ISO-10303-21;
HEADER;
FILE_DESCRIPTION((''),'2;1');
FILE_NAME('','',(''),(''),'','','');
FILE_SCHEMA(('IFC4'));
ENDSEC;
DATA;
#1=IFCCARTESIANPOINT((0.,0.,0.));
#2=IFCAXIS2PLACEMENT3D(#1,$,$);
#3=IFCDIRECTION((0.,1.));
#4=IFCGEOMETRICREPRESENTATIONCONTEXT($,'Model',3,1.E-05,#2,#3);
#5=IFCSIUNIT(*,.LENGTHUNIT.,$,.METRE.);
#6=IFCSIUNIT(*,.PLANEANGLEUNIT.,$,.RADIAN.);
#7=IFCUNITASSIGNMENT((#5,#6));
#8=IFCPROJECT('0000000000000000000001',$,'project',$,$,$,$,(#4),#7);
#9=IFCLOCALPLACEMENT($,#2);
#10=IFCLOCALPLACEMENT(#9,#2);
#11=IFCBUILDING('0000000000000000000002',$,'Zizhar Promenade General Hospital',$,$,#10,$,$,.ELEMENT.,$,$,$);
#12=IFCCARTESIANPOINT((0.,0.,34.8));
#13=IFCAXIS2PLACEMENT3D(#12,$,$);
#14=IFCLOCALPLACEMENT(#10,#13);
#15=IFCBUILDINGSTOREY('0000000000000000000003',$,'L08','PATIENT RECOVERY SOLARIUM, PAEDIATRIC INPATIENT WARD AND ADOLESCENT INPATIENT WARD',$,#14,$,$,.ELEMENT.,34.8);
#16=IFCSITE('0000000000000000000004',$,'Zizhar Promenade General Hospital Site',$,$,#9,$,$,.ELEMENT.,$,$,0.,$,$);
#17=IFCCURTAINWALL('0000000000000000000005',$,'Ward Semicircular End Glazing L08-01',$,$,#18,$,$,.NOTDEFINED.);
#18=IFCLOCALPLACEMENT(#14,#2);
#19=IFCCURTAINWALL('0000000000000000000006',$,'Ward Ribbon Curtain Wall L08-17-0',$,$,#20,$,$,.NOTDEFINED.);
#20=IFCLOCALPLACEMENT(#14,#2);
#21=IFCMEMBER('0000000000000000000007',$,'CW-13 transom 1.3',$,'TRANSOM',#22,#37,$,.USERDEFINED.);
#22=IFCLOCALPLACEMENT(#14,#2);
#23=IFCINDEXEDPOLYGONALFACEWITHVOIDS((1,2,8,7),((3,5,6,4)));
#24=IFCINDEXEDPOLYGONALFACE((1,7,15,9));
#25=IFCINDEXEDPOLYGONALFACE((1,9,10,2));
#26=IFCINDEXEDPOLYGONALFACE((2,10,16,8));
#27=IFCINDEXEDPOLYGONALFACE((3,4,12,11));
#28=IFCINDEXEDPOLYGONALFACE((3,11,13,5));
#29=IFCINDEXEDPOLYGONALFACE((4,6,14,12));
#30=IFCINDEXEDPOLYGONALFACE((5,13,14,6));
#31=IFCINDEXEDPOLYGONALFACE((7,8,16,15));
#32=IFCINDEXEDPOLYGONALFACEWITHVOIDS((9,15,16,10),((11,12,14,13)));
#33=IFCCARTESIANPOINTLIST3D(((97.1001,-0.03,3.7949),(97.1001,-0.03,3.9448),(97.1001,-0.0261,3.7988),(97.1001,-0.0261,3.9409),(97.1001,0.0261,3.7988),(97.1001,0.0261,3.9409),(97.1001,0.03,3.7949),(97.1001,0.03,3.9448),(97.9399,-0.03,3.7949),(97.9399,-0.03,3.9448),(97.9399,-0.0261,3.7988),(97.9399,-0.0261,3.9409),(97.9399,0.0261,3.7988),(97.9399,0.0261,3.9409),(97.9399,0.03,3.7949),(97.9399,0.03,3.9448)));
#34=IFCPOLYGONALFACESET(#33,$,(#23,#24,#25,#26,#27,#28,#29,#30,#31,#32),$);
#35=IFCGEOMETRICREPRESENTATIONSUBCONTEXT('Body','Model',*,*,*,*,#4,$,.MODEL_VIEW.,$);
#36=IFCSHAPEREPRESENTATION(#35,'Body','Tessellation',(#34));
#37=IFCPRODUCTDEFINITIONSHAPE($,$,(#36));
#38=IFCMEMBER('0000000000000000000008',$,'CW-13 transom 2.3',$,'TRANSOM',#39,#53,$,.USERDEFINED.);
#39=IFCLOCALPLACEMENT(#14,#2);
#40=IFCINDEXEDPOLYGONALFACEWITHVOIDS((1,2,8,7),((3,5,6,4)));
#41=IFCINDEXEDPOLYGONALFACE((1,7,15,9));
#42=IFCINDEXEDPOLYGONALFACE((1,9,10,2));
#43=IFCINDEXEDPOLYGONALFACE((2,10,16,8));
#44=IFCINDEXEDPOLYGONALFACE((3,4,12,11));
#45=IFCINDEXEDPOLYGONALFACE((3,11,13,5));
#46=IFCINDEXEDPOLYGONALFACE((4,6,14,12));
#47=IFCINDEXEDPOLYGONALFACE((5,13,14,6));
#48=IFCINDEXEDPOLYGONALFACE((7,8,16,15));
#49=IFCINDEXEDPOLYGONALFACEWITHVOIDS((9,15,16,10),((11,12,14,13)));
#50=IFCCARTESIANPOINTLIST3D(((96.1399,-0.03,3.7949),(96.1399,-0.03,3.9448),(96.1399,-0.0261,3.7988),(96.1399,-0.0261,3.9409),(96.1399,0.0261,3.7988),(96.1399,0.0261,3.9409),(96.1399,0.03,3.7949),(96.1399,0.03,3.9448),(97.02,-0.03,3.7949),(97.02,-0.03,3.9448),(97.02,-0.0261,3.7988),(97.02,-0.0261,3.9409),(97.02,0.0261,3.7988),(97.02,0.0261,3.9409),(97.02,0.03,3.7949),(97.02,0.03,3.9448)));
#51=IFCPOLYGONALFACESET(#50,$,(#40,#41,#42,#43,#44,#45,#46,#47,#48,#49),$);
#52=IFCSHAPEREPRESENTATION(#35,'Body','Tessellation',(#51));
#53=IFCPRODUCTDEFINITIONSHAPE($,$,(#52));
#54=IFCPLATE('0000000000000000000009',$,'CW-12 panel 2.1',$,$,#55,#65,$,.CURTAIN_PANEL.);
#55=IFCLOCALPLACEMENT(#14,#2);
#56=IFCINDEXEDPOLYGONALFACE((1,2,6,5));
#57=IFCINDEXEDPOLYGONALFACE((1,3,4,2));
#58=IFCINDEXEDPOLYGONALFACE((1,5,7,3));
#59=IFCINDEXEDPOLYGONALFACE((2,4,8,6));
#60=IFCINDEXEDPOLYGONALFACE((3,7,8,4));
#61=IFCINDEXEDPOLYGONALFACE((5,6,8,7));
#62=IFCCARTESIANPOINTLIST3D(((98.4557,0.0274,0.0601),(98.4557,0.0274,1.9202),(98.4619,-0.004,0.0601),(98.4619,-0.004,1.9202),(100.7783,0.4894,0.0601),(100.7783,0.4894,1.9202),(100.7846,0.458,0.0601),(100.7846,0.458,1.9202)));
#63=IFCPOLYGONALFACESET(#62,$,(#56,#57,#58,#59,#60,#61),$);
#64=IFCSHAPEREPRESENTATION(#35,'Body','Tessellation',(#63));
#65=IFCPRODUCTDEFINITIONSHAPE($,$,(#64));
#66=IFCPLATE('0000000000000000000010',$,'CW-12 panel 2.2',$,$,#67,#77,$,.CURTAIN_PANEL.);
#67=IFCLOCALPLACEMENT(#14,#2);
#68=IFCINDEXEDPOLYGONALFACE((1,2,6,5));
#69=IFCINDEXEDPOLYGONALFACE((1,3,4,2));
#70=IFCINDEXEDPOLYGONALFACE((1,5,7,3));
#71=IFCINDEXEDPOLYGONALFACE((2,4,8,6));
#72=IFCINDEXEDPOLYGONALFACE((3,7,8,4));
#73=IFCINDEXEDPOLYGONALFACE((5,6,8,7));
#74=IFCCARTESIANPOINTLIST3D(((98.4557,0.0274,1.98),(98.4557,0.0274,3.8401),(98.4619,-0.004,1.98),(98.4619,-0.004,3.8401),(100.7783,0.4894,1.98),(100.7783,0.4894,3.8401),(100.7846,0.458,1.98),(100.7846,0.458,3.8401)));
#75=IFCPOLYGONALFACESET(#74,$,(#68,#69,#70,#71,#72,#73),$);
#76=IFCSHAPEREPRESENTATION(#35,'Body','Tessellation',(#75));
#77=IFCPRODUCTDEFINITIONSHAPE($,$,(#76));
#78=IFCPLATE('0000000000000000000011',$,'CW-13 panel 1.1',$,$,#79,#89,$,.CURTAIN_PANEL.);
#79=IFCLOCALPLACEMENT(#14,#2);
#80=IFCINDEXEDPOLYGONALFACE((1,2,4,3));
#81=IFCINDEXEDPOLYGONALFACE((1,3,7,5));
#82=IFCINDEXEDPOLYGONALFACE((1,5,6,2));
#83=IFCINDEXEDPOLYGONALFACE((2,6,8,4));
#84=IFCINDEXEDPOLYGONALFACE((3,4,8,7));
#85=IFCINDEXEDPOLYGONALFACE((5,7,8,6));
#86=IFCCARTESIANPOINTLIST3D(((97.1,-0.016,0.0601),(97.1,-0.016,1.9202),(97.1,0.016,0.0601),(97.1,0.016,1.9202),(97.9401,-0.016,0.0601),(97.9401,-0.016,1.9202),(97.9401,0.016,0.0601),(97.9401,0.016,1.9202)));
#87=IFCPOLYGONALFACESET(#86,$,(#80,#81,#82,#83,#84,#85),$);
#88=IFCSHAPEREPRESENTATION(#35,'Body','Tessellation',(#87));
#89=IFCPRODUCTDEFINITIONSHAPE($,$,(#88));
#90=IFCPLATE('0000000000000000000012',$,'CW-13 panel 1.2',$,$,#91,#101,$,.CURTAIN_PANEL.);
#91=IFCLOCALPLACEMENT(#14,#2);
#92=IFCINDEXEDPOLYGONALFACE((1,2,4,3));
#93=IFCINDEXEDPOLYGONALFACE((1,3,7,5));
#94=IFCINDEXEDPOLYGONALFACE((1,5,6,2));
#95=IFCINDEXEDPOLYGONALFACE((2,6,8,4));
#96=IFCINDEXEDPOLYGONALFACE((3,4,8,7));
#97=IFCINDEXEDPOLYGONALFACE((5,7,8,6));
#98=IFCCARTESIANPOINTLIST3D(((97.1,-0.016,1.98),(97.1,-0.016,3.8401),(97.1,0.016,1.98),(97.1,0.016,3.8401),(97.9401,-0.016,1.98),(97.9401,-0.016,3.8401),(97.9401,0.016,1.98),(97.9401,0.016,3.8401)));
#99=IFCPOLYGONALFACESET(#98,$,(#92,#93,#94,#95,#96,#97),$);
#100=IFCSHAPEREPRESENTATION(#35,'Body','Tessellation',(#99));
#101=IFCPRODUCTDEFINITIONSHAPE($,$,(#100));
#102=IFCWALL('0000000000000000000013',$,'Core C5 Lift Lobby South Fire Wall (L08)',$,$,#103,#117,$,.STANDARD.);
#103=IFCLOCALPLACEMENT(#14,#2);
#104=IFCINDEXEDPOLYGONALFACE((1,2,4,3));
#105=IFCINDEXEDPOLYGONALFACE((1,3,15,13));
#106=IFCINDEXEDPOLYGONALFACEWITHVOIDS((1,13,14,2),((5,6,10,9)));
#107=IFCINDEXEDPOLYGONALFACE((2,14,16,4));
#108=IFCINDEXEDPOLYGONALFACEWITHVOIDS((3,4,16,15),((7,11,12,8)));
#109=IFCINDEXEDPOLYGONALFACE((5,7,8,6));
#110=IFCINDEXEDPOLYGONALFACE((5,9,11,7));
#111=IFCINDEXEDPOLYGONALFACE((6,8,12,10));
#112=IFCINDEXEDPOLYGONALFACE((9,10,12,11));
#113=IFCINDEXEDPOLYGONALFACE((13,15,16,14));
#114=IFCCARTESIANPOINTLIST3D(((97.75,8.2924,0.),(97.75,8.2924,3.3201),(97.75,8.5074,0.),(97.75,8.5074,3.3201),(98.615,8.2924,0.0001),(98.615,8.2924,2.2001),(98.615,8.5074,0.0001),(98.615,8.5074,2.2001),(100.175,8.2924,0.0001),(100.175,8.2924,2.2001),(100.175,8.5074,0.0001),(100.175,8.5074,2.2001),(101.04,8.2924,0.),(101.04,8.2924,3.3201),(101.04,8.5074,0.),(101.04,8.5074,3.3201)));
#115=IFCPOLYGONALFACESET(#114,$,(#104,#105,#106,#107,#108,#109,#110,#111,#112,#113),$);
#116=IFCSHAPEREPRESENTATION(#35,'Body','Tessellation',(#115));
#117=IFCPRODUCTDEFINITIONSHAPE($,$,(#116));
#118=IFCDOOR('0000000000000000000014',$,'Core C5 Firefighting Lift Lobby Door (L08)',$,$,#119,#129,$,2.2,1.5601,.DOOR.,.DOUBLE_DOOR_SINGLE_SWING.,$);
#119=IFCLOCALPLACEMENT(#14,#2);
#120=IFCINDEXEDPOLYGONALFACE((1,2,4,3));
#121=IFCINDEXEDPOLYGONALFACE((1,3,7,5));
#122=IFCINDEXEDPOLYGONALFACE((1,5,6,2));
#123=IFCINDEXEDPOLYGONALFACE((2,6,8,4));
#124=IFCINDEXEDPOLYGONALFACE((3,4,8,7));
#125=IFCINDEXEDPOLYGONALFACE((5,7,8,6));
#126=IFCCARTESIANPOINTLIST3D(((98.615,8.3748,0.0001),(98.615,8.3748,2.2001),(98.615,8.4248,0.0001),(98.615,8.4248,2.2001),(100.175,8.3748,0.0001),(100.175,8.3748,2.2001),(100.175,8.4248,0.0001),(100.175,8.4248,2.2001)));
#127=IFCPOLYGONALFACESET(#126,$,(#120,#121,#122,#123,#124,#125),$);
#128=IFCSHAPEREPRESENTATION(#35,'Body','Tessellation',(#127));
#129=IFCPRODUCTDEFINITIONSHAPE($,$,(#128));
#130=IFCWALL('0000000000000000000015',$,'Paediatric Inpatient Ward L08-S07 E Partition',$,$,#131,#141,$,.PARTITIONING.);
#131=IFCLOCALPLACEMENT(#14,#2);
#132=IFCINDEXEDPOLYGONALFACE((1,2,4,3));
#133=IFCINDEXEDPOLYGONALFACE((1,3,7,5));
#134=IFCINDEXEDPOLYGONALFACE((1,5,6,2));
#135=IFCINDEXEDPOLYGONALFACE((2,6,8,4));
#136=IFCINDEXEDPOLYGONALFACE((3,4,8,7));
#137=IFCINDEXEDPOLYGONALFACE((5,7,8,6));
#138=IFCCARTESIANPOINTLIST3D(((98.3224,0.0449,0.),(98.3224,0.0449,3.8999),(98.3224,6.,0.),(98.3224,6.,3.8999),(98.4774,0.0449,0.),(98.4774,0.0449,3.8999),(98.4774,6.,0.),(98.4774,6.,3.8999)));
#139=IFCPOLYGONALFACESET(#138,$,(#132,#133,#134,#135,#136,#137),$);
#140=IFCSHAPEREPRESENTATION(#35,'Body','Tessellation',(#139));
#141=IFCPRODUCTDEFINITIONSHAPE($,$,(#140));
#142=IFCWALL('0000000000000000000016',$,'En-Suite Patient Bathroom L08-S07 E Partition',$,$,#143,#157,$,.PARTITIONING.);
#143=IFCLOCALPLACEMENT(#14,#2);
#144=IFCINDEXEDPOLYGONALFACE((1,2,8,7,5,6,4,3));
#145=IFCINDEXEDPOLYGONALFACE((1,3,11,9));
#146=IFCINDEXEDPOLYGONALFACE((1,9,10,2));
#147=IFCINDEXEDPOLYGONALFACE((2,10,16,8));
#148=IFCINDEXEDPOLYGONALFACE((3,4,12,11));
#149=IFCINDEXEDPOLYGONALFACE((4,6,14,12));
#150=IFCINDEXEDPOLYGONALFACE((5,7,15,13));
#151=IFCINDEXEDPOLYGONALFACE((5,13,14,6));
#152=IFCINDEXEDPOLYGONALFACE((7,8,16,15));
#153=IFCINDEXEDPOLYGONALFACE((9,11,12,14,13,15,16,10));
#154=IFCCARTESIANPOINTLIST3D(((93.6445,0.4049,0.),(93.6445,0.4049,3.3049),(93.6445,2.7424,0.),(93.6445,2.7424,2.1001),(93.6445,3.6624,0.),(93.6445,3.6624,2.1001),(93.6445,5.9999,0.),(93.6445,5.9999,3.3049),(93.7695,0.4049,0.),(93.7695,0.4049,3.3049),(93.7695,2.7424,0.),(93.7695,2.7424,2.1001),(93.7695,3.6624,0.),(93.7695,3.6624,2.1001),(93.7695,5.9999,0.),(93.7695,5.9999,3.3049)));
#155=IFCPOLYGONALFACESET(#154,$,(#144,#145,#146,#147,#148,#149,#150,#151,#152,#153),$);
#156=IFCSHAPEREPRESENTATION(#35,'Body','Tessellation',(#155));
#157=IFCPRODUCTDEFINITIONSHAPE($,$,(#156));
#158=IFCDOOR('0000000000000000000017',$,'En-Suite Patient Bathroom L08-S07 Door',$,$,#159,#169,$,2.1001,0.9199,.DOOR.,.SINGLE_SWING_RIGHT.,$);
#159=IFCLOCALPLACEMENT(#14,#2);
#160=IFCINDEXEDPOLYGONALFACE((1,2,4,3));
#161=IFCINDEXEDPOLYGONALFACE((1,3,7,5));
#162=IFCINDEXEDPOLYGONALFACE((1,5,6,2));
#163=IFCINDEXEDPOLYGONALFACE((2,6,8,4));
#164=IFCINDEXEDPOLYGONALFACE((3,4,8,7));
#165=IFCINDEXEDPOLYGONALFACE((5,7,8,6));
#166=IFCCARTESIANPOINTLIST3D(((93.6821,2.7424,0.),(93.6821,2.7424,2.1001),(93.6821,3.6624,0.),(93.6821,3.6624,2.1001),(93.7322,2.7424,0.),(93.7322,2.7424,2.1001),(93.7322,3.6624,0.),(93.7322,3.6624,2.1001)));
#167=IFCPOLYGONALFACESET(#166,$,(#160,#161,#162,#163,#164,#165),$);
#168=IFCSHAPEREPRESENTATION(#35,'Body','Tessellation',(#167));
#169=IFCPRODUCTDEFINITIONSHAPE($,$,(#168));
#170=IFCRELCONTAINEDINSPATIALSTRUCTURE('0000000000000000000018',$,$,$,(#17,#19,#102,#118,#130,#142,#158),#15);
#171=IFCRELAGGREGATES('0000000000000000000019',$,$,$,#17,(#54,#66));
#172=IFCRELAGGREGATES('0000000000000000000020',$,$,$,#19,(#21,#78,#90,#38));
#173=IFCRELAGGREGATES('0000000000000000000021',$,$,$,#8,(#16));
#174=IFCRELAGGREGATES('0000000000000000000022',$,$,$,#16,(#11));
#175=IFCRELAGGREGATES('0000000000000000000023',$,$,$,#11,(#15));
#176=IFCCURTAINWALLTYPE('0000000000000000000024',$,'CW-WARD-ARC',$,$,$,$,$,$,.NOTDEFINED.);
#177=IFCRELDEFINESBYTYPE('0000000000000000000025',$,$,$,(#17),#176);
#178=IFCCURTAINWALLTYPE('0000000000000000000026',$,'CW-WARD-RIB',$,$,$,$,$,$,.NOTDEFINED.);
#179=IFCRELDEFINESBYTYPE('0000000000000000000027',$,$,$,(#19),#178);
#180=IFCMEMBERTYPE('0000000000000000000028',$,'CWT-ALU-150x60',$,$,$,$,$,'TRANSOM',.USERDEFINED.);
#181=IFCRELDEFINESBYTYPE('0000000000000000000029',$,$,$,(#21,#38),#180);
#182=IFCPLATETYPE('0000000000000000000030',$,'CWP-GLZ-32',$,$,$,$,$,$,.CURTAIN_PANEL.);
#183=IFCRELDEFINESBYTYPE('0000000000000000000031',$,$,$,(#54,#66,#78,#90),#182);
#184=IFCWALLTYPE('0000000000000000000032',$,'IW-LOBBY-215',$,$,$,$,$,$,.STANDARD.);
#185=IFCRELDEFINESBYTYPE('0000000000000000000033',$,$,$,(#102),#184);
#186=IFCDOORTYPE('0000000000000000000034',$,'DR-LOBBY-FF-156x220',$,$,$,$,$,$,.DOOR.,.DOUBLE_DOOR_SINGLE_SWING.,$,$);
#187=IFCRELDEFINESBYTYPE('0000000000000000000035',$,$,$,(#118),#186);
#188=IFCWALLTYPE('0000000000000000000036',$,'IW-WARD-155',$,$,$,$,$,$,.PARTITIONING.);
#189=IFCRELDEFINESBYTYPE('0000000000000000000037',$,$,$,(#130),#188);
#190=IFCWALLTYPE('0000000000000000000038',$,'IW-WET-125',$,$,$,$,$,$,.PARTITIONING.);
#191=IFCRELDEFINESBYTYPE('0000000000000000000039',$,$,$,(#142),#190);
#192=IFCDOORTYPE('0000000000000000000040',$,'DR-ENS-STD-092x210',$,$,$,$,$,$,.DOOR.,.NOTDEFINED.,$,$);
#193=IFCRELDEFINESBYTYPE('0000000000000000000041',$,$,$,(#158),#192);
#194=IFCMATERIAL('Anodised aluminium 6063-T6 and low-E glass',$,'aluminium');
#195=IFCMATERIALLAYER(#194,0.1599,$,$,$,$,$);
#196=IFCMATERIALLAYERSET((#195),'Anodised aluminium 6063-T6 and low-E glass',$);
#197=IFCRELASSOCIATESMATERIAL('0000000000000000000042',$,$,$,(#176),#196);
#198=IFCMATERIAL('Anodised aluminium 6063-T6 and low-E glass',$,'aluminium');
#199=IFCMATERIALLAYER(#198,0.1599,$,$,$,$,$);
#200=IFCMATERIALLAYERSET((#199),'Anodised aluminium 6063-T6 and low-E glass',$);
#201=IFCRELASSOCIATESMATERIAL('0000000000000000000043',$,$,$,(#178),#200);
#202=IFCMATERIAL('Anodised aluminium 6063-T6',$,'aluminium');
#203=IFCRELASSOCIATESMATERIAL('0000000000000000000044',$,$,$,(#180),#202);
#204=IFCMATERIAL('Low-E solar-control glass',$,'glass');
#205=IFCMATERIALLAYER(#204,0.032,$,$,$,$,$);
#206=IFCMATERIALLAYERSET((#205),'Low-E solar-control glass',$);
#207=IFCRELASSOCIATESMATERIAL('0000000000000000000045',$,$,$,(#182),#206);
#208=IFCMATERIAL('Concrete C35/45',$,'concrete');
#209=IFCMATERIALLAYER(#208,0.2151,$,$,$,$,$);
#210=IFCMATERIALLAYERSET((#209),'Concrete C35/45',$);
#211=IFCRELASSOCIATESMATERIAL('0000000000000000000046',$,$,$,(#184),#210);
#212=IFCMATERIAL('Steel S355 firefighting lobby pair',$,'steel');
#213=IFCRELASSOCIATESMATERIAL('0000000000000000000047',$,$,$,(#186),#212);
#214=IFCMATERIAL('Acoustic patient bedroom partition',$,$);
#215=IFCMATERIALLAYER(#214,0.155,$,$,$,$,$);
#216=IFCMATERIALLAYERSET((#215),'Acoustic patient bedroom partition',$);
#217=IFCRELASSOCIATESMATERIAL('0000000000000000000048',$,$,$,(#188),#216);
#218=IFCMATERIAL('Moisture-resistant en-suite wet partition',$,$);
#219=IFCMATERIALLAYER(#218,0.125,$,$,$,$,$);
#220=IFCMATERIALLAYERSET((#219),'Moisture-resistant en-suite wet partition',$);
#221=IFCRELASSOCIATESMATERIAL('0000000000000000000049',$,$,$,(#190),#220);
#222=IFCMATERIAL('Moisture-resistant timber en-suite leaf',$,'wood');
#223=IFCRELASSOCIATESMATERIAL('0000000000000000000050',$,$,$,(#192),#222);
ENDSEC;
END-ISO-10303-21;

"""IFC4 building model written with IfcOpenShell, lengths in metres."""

from ifc_helpers import new_model, si_unit, direction, frame, frame_2d, origin, origin_2d, place, context, subcontext, project, spatial, rectangle, hollow_rectangle, extrude, material, layer, layer_set, material_profile, profile_set, type_object, element, fill, aggregate, save


model = new_model("IFC4")

# Units and contexts
model_context = context("Model", 3, precision=1e-05, world=origin(), true_north=direction((0.0, 1.0)))
body_context = subcontext(model_context, "Body", "Model", "MODEL_VIEW")
ifc_project = project(units=[si_unit("LENGTHUNIT", "METRE"), si_unit("PLANEANGLEUNIT", "RADIAN")], contexts=[model_context])

# Site, building, storey
site_placement = place(None, origin())
site = spatial("IfcSite", under=ifc_project, at=site_placement, Name="Zizhar Promenade General Hospital Site", CompositionType="ELEMENT", RefElevation=0.0)
building_placement = place(site_placement, origin())
building = spatial("IfcBuilding", under=site, at=building_placement, Name="Zizhar Promenade General Hospital", CompositionType="ELEMENT")
storey_placement = place(building_placement, frame((0.0, 0.0, 34.8)))
storey = spatial("IfcBuildingStorey", under=building, at=storey_placement, Name="L08", Description="PATIENT RECOVERY SOLARIUM, PAEDIATRIC INPATIENT WARD AND ADOLESCENT INPATIENT WARD", CompositionType="ELEMENT", Elevation=34.8)

# Curtain wall
ifc_material_1 = material(Name="Anodised aluminium 6063-T6 and low-E glass", Category="aluminium")
ifc_layer_1 = layer(ifc_material_1, 0.1599)
ifc_layer_set_1 = layer_set([ifc_layer_1], Name="Anodised aluminium 6063-T6 and low-E glass")
curtain_wall_type_1 = type_object("IfcCurtainWallType", Name="CW-WARD-ARC", PredefinedType="NOTDEFINED", material=ifc_layer_set_1)
curtain_wall_1_placement = place(storey_placement, origin())
curtain_wall_1 = element("IfcCurtainWall", 1, at=curtain_wall_1_placement, inside=storey, type_object=curtain_wall_type_1, Name="Ward Semicircular End Glazing L08-01", PredefinedType="NOTDEFINED")

# Curtain wall
ifc_material_2 = material(Name="Anodised aluminium 6063-T6 and low-E glass", Category="aluminium")
ifc_layer_2 = layer(ifc_material_2, 0.1599)
ifc_layer_set_2 = layer_set([ifc_layer_2], Name="Anodised aluminium 6063-T6 and low-E glass")
curtain_wall_type_2 = type_object("IfcCurtainWallType", Name="CW-WARD-RIB", PredefinedType="NOTDEFINED", material=ifc_layer_set_2)
curtain_wall_2_placement = place(storey_placement, origin())
curtain_wall_2 = element("IfcCurtainWall", 2, at=curtain_wall_2_placement, inside=storey, type_object=curtain_wall_type_2, Name="Ward Ribbon Curtain Wall L08-17-0", PredefinedType="NOTDEFINED")

# Members
ifc_material_3 = material(Name="Anodised aluminium 6063-T6", Category="aluminium")
ifc_material_profile_1 = material_profile(ifc_material_3, hollow_rectangle(XDim=0.0601, YDim=0.1499, WallThickness=0.0039, at=origin_2d()))
ifc_profile_set_1 = profile_set([ifc_material_profile_1], Name="Anodised aluminium 6063-T6")
member_type_1 = type_object("IfcMemberType", Name="CWT-ALU-150x60", ElementType="TRANSOM", PredefinedType="USERDEFINED", material=ifc_profile_set_1)
member_1_placement = place(storey_placement, frame((97.9399, 0.0, 3.8699), z_axis=(-1.0, 0.0, 0.0), x_axis=(0.0, -1.0, 0.0)))
member_1 = element("IfcMember", 3, at=member_1_placement, type_object=member_type_1, Name="CW-13 transom 1.3", ObjectType="TRANSOM", PredefinedType="USERDEFINED", context=body_context, shape_type="SweptSolid", body=[
    extrude(hollow_rectangle(XDim=0.0601, YDim=0.1499, WallThickness=0.0039, at=origin_2d()), origin(), (0.0, 0.0, 1.0), 0.8398),
])
member_2_placement = place(storey_placement, frame((97.02, 0.0, 3.8699), z_axis=(-1.0, 0.0, 0.0), x_axis=(0.0, -1.0, 0.0)))
member_2 = element("IfcMember", 4, at=member_2_placement, type_object=member_type_1, Name="CW-13 transom 2.3", ObjectType="TRANSOM", PredefinedType="USERDEFINED", context=body_context, shape_type="SweptSolid", body=[
    extrude(hollow_rectangle(XDim=0.0601, YDim=0.1499, WallThickness=0.0039, at=origin_2d()), origin(), (0.0, 0.0, 1.0), 0.8801),
])

# Plates
ifc_material_4 = material(Name="Low-E solar-control glass", Category="glass")
ifc_layer_3 = layer(ifc_material_4, 0.032)
ifc_layer_set_3 = layer_set([ifc_layer_3], Name="Low-E solar-control glass")
plate_type = type_object("IfcPlateType", Name="CWP-GLZ-32", PredefinedType="CURTAIN_PANEL", material=ifc_layer_set_3)
plate_1_placement = place(storey_placement, frame((99.6201, 0.2427, 0.0601), z_axis=(0.0, 0.0, 1.0), x_axis=(-0.980786, -0.195087, 0.0)))
plate_1 = element("IfcPlate", 5, at=plate_1_placement, type_object=plate_type, Name="CW-12 panel 2.1", PredefinedType="CURTAIN_PANEL", context=body_context, shape_type="SweptSolid", body=[
    extrude(rectangle(XDim=2.3682, YDim=0.032, at=origin_2d()), origin(), (0.0, 0.0, 1.0), 1.8601),
])
plate_2_placement = place(storey_placement, frame((99.6201, 0.2427, 1.98), z_axis=(0.0, 0.0, 1.0), x_axis=(-0.980786, -0.195087, 0.0)))
plate_2 = element("IfcPlate", 6, at=plate_2_placement, type_object=plate_type, Name="CW-12 panel 2.2", PredefinedType="CURTAIN_PANEL", context=body_context, shape_type="SweptSolid", body=[
    extrude(rectangle(XDim=2.3682, YDim=0.032, at=origin_2d()), origin(), (0.0, 0.0, 1.0), 1.8601),
])
aggregate(curtain_wall_1, [plate_1, plate_2])
plate_3_placement = place(storey_placement, frame((97.52, 0.0, 0.0601), z_axis=(0.0, 0.0, 1.0), x_axis=(-1.0, 0.0, 0.0)))
plate_3 = element("IfcPlate", 7, at=plate_3_placement, type_object=plate_type, Name="CW-13 panel 1.1", PredefinedType="CURTAIN_PANEL", context=body_context, shape_type="SweptSolid", body=[
    extrude(rectangle(XDim=0.8401, YDim=0.032, at=origin_2d()), origin(), (0.0, 0.0, 1.0), 1.8601),
])
plate_4_placement = place(storey_placement, frame((97.52, 0.0, 1.98), z_axis=(0.0, 0.0, 1.0), x_axis=(-1.0, 0.0, 0.0)))
plate_4 = element("IfcPlate", 8, at=plate_4_placement, type_object=plate_type, Name="CW-13 panel 1.2", PredefinedType="CURTAIN_PANEL", context=body_context, shape_type="SweptSolid", body=[
    extrude(rectangle(XDim=0.8401, YDim=0.032, at=origin_2d()), origin(), (0.0, 0.0, 1.0), 1.8601),
])
aggregate(curtain_wall_2, [member_1, plate_3, plate_4, member_2])

# Wall, opening, door
ifc_material_5 = material(Name="Concrete C35/45", Category="concrete")
ifc_layer_4 = layer(ifc_material_5, 0.2151)
ifc_layer_set_4 = layer_set([ifc_layer_4], Name="Concrete C35/45")
wall_type_1 = type_object("IfcWallType", Name="IW-LOBBY-215", PredefinedType="STANDARD", material=ifc_layer_set_4)
wall_1_placement = place(storey_placement, frame((97.75, 8.3999, 0.0), z_axis=(0.0, 0.0, 1.0), x_axis=(1.0, 0.0, 0.0)))
wall_1 = element("IfcWall", 9, at=wall_1_placement, inside=storey, type_object=wall_type_1, Name="Core C5 Lift Lobby South Fire Wall (L08)", PredefinedType="STANDARD", context=body_context, shape_type="SweptSolid", body=[
    extrude(rectangle(XDim=3.29, YDim=0.2151, at=frame_2d((1.645, 0.0))), origin(), (0.0, 0.0, 1.0), 3.3201),
])
opening_1_placement = place(wall_1_placement, frame((0.865, 0.0, 0.0)))
opening_1 = element("IfcOpeningElement", 10, at=opening_1_placement, cuts=wall_1, PredefinedType="OPENING", context=body_context, shape_type="SweptSolid", body=[
    extrude(rectangle(XDim=1.5601, YDim=2.2, at=frame_2d((0.78, 1.1001))), frame((0.0, 0.1177, 0.0), z_axis=(0.0, -1.0, 0.0), x_axis=(1.0, 0.0, 0.0)), (0.0, 0.0, 1.0), 0.2351),
])
ifc_material_6 = material(Name="Steel S355 firefighting lobby pair", Category="steel")
door_type_1 = type_object("IfcDoorType", Name="DR-LOBBY-FF-156x220", OperationType="DOUBLE_DOOR_SINGLE_SWING", PredefinedType="DOOR", material=ifc_material_6)
door_1_placement = place(opening_1_placement, origin())
door_1 = element("IfcDoor", 11, at=door_1_placement, inside=storey, type_object=door_type_1, Name="Core C5 Firefighting Lift Lobby Door (L08)", OperationType="DOUBLE_DOOR_SINGLE_SWING", OverallHeight=2.2, OverallWidth=1.5601, PredefinedType="DOOR", context=body_context, shape_type="SweptSolid", body=[
    extrude(rectangle(XDim=1.5601, YDim=2.2, at=frame_2d((0.78, 1.1001))), frame((0.0, 0.0249, 0.0), z_axis=(0.0, -1.0, 0.0), x_axis=(1.0, 0.0, 0.0)), (0.0, 0.0, 1.0), 0.05),
])
fill(opening_1, door_1)
ifc_material_7 = material(Name="Acoustic patient bedroom partition")
ifc_layer_5 = layer(ifc_material_7, 0.155)
ifc_layer_set_5 = layer_set([ifc_layer_5], Name="Acoustic patient bedroom partition")
wall_type_2 = type_object("IfcWallType", Name="IW-WARD-155", PredefinedType="PARTITIONING", material=ifc_layer_set_5)

# Wall
wall_2_placement = place(storey_placement, frame((98.3999, 0.0449, 0.0), z_axis=(0.0, 0.0, 1.0), x_axis=(0.0, 1.0, 0.0)))
element("IfcWall", 12, at=wall_2_placement, inside=storey, type_object=wall_type_2, Name="Paediatric Inpatient Ward L08-S07 E Partition", PredefinedType="PARTITIONING", context=body_context, shape_type="SweptSolid", body=[
    extrude(rectangle(XDim=5.9551, YDim=0.155, at=frame_2d((2.9775, 0.0))), origin(), (0.0, 0.0, 1.0), 3.8999),
])

# Wall, opening, door
ifc_material_8 = material(Name="Moisture-resistant en-suite wet partition")
ifc_layer_6 = layer(ifc_material_8, 0.125)
ifc_layer_set_6 = layer_set([ifc_layer_6], Name="Moisture-resistant en-suite wet partition")
wall_type_3 = type_object("IfcWallType", Name="IW-WET-125", PredefinedType="PARTITIONING", material=ifc_layer_set_6)
wall_3_placement = place(storey_placement, frame((93.707, 0.405, 0.0), z_axis=(0.0, 0.0, 1.0), x_axis=(0.0, 1.0, 0.0)))
wall_3 = element("IfcWall", 13, at=wall_3_placement, inside=storey, type_object=wall_type_3, Name="En-Suite Patient Bathroom L08-S07 E Partition", PredefinedType="PARTITIONING", context=body_context, shape_type="SweptSolid", body=[
    extrude(rectangle(XDim=5.595, YDim=0.125, at=frame_2d((2.7974, 0.0))), origin(), (0.0, 0.0, 1.0), 3.3049),
])
opening_2_placement = place(wall_3_placement, frame((2.3374, 0.0, 0.0)))
opening_2 = element("IfcOpeningElement", 14, at=opening_2_placement, cuts=wall_3, PredefinedType="OPENING", context=body_context, shape_type="SweptSolid", body=[
    extrude(rectangle(XDim=0.9199, YDim=2.1001, at=frame_2d((0.46, 1.05))), frame((0.0, 0.0725, 0.0), z_axis=(0.0, -1.0, 0.0), x_axis=(1.0, 0.0, 0.0)), (0.0, 0.0, 1.0), 0.145),
])
ifc_material_9 = material(Name="Moisture-resistant timber en-suite leaf", Category="wood")
door_type_2 = type_object("IfcDoorType", Name="DR-ENS-STD-092x210", OperationType="NOTDEFINED", PredefinedType="DOOR", material=ifc_material_9)
door_2_placement = place(opening_2_placement, origin())
door_2 = element("IfcDoor", 15, at=door_2_placement, inside=storey, type_object=door_type_2, Name="En-Suite Patient Bathroom L08-S07 Door", OperationType="SINGLE_SWING_RIGHT", OverallHeight=2.1001, OverallWidth=0.9199, PredefinedType="DOOR", context=body_context, shape_type="SweptSolid", body=[
    extrude(rectangle(XDim=0.9199, YDim=2.1001, at=frame_2d((0.46, 1.05))), frame((0.0, 0.0249, 0.0), z_axis=(0.0, -1.0, 0.0), x_axis=(1.0, 0.0, 0.0)), (0.0, 0.0, 1.0), 0.05),
])
fill(opening_2, door_2)

save(model, "model.ifc")
